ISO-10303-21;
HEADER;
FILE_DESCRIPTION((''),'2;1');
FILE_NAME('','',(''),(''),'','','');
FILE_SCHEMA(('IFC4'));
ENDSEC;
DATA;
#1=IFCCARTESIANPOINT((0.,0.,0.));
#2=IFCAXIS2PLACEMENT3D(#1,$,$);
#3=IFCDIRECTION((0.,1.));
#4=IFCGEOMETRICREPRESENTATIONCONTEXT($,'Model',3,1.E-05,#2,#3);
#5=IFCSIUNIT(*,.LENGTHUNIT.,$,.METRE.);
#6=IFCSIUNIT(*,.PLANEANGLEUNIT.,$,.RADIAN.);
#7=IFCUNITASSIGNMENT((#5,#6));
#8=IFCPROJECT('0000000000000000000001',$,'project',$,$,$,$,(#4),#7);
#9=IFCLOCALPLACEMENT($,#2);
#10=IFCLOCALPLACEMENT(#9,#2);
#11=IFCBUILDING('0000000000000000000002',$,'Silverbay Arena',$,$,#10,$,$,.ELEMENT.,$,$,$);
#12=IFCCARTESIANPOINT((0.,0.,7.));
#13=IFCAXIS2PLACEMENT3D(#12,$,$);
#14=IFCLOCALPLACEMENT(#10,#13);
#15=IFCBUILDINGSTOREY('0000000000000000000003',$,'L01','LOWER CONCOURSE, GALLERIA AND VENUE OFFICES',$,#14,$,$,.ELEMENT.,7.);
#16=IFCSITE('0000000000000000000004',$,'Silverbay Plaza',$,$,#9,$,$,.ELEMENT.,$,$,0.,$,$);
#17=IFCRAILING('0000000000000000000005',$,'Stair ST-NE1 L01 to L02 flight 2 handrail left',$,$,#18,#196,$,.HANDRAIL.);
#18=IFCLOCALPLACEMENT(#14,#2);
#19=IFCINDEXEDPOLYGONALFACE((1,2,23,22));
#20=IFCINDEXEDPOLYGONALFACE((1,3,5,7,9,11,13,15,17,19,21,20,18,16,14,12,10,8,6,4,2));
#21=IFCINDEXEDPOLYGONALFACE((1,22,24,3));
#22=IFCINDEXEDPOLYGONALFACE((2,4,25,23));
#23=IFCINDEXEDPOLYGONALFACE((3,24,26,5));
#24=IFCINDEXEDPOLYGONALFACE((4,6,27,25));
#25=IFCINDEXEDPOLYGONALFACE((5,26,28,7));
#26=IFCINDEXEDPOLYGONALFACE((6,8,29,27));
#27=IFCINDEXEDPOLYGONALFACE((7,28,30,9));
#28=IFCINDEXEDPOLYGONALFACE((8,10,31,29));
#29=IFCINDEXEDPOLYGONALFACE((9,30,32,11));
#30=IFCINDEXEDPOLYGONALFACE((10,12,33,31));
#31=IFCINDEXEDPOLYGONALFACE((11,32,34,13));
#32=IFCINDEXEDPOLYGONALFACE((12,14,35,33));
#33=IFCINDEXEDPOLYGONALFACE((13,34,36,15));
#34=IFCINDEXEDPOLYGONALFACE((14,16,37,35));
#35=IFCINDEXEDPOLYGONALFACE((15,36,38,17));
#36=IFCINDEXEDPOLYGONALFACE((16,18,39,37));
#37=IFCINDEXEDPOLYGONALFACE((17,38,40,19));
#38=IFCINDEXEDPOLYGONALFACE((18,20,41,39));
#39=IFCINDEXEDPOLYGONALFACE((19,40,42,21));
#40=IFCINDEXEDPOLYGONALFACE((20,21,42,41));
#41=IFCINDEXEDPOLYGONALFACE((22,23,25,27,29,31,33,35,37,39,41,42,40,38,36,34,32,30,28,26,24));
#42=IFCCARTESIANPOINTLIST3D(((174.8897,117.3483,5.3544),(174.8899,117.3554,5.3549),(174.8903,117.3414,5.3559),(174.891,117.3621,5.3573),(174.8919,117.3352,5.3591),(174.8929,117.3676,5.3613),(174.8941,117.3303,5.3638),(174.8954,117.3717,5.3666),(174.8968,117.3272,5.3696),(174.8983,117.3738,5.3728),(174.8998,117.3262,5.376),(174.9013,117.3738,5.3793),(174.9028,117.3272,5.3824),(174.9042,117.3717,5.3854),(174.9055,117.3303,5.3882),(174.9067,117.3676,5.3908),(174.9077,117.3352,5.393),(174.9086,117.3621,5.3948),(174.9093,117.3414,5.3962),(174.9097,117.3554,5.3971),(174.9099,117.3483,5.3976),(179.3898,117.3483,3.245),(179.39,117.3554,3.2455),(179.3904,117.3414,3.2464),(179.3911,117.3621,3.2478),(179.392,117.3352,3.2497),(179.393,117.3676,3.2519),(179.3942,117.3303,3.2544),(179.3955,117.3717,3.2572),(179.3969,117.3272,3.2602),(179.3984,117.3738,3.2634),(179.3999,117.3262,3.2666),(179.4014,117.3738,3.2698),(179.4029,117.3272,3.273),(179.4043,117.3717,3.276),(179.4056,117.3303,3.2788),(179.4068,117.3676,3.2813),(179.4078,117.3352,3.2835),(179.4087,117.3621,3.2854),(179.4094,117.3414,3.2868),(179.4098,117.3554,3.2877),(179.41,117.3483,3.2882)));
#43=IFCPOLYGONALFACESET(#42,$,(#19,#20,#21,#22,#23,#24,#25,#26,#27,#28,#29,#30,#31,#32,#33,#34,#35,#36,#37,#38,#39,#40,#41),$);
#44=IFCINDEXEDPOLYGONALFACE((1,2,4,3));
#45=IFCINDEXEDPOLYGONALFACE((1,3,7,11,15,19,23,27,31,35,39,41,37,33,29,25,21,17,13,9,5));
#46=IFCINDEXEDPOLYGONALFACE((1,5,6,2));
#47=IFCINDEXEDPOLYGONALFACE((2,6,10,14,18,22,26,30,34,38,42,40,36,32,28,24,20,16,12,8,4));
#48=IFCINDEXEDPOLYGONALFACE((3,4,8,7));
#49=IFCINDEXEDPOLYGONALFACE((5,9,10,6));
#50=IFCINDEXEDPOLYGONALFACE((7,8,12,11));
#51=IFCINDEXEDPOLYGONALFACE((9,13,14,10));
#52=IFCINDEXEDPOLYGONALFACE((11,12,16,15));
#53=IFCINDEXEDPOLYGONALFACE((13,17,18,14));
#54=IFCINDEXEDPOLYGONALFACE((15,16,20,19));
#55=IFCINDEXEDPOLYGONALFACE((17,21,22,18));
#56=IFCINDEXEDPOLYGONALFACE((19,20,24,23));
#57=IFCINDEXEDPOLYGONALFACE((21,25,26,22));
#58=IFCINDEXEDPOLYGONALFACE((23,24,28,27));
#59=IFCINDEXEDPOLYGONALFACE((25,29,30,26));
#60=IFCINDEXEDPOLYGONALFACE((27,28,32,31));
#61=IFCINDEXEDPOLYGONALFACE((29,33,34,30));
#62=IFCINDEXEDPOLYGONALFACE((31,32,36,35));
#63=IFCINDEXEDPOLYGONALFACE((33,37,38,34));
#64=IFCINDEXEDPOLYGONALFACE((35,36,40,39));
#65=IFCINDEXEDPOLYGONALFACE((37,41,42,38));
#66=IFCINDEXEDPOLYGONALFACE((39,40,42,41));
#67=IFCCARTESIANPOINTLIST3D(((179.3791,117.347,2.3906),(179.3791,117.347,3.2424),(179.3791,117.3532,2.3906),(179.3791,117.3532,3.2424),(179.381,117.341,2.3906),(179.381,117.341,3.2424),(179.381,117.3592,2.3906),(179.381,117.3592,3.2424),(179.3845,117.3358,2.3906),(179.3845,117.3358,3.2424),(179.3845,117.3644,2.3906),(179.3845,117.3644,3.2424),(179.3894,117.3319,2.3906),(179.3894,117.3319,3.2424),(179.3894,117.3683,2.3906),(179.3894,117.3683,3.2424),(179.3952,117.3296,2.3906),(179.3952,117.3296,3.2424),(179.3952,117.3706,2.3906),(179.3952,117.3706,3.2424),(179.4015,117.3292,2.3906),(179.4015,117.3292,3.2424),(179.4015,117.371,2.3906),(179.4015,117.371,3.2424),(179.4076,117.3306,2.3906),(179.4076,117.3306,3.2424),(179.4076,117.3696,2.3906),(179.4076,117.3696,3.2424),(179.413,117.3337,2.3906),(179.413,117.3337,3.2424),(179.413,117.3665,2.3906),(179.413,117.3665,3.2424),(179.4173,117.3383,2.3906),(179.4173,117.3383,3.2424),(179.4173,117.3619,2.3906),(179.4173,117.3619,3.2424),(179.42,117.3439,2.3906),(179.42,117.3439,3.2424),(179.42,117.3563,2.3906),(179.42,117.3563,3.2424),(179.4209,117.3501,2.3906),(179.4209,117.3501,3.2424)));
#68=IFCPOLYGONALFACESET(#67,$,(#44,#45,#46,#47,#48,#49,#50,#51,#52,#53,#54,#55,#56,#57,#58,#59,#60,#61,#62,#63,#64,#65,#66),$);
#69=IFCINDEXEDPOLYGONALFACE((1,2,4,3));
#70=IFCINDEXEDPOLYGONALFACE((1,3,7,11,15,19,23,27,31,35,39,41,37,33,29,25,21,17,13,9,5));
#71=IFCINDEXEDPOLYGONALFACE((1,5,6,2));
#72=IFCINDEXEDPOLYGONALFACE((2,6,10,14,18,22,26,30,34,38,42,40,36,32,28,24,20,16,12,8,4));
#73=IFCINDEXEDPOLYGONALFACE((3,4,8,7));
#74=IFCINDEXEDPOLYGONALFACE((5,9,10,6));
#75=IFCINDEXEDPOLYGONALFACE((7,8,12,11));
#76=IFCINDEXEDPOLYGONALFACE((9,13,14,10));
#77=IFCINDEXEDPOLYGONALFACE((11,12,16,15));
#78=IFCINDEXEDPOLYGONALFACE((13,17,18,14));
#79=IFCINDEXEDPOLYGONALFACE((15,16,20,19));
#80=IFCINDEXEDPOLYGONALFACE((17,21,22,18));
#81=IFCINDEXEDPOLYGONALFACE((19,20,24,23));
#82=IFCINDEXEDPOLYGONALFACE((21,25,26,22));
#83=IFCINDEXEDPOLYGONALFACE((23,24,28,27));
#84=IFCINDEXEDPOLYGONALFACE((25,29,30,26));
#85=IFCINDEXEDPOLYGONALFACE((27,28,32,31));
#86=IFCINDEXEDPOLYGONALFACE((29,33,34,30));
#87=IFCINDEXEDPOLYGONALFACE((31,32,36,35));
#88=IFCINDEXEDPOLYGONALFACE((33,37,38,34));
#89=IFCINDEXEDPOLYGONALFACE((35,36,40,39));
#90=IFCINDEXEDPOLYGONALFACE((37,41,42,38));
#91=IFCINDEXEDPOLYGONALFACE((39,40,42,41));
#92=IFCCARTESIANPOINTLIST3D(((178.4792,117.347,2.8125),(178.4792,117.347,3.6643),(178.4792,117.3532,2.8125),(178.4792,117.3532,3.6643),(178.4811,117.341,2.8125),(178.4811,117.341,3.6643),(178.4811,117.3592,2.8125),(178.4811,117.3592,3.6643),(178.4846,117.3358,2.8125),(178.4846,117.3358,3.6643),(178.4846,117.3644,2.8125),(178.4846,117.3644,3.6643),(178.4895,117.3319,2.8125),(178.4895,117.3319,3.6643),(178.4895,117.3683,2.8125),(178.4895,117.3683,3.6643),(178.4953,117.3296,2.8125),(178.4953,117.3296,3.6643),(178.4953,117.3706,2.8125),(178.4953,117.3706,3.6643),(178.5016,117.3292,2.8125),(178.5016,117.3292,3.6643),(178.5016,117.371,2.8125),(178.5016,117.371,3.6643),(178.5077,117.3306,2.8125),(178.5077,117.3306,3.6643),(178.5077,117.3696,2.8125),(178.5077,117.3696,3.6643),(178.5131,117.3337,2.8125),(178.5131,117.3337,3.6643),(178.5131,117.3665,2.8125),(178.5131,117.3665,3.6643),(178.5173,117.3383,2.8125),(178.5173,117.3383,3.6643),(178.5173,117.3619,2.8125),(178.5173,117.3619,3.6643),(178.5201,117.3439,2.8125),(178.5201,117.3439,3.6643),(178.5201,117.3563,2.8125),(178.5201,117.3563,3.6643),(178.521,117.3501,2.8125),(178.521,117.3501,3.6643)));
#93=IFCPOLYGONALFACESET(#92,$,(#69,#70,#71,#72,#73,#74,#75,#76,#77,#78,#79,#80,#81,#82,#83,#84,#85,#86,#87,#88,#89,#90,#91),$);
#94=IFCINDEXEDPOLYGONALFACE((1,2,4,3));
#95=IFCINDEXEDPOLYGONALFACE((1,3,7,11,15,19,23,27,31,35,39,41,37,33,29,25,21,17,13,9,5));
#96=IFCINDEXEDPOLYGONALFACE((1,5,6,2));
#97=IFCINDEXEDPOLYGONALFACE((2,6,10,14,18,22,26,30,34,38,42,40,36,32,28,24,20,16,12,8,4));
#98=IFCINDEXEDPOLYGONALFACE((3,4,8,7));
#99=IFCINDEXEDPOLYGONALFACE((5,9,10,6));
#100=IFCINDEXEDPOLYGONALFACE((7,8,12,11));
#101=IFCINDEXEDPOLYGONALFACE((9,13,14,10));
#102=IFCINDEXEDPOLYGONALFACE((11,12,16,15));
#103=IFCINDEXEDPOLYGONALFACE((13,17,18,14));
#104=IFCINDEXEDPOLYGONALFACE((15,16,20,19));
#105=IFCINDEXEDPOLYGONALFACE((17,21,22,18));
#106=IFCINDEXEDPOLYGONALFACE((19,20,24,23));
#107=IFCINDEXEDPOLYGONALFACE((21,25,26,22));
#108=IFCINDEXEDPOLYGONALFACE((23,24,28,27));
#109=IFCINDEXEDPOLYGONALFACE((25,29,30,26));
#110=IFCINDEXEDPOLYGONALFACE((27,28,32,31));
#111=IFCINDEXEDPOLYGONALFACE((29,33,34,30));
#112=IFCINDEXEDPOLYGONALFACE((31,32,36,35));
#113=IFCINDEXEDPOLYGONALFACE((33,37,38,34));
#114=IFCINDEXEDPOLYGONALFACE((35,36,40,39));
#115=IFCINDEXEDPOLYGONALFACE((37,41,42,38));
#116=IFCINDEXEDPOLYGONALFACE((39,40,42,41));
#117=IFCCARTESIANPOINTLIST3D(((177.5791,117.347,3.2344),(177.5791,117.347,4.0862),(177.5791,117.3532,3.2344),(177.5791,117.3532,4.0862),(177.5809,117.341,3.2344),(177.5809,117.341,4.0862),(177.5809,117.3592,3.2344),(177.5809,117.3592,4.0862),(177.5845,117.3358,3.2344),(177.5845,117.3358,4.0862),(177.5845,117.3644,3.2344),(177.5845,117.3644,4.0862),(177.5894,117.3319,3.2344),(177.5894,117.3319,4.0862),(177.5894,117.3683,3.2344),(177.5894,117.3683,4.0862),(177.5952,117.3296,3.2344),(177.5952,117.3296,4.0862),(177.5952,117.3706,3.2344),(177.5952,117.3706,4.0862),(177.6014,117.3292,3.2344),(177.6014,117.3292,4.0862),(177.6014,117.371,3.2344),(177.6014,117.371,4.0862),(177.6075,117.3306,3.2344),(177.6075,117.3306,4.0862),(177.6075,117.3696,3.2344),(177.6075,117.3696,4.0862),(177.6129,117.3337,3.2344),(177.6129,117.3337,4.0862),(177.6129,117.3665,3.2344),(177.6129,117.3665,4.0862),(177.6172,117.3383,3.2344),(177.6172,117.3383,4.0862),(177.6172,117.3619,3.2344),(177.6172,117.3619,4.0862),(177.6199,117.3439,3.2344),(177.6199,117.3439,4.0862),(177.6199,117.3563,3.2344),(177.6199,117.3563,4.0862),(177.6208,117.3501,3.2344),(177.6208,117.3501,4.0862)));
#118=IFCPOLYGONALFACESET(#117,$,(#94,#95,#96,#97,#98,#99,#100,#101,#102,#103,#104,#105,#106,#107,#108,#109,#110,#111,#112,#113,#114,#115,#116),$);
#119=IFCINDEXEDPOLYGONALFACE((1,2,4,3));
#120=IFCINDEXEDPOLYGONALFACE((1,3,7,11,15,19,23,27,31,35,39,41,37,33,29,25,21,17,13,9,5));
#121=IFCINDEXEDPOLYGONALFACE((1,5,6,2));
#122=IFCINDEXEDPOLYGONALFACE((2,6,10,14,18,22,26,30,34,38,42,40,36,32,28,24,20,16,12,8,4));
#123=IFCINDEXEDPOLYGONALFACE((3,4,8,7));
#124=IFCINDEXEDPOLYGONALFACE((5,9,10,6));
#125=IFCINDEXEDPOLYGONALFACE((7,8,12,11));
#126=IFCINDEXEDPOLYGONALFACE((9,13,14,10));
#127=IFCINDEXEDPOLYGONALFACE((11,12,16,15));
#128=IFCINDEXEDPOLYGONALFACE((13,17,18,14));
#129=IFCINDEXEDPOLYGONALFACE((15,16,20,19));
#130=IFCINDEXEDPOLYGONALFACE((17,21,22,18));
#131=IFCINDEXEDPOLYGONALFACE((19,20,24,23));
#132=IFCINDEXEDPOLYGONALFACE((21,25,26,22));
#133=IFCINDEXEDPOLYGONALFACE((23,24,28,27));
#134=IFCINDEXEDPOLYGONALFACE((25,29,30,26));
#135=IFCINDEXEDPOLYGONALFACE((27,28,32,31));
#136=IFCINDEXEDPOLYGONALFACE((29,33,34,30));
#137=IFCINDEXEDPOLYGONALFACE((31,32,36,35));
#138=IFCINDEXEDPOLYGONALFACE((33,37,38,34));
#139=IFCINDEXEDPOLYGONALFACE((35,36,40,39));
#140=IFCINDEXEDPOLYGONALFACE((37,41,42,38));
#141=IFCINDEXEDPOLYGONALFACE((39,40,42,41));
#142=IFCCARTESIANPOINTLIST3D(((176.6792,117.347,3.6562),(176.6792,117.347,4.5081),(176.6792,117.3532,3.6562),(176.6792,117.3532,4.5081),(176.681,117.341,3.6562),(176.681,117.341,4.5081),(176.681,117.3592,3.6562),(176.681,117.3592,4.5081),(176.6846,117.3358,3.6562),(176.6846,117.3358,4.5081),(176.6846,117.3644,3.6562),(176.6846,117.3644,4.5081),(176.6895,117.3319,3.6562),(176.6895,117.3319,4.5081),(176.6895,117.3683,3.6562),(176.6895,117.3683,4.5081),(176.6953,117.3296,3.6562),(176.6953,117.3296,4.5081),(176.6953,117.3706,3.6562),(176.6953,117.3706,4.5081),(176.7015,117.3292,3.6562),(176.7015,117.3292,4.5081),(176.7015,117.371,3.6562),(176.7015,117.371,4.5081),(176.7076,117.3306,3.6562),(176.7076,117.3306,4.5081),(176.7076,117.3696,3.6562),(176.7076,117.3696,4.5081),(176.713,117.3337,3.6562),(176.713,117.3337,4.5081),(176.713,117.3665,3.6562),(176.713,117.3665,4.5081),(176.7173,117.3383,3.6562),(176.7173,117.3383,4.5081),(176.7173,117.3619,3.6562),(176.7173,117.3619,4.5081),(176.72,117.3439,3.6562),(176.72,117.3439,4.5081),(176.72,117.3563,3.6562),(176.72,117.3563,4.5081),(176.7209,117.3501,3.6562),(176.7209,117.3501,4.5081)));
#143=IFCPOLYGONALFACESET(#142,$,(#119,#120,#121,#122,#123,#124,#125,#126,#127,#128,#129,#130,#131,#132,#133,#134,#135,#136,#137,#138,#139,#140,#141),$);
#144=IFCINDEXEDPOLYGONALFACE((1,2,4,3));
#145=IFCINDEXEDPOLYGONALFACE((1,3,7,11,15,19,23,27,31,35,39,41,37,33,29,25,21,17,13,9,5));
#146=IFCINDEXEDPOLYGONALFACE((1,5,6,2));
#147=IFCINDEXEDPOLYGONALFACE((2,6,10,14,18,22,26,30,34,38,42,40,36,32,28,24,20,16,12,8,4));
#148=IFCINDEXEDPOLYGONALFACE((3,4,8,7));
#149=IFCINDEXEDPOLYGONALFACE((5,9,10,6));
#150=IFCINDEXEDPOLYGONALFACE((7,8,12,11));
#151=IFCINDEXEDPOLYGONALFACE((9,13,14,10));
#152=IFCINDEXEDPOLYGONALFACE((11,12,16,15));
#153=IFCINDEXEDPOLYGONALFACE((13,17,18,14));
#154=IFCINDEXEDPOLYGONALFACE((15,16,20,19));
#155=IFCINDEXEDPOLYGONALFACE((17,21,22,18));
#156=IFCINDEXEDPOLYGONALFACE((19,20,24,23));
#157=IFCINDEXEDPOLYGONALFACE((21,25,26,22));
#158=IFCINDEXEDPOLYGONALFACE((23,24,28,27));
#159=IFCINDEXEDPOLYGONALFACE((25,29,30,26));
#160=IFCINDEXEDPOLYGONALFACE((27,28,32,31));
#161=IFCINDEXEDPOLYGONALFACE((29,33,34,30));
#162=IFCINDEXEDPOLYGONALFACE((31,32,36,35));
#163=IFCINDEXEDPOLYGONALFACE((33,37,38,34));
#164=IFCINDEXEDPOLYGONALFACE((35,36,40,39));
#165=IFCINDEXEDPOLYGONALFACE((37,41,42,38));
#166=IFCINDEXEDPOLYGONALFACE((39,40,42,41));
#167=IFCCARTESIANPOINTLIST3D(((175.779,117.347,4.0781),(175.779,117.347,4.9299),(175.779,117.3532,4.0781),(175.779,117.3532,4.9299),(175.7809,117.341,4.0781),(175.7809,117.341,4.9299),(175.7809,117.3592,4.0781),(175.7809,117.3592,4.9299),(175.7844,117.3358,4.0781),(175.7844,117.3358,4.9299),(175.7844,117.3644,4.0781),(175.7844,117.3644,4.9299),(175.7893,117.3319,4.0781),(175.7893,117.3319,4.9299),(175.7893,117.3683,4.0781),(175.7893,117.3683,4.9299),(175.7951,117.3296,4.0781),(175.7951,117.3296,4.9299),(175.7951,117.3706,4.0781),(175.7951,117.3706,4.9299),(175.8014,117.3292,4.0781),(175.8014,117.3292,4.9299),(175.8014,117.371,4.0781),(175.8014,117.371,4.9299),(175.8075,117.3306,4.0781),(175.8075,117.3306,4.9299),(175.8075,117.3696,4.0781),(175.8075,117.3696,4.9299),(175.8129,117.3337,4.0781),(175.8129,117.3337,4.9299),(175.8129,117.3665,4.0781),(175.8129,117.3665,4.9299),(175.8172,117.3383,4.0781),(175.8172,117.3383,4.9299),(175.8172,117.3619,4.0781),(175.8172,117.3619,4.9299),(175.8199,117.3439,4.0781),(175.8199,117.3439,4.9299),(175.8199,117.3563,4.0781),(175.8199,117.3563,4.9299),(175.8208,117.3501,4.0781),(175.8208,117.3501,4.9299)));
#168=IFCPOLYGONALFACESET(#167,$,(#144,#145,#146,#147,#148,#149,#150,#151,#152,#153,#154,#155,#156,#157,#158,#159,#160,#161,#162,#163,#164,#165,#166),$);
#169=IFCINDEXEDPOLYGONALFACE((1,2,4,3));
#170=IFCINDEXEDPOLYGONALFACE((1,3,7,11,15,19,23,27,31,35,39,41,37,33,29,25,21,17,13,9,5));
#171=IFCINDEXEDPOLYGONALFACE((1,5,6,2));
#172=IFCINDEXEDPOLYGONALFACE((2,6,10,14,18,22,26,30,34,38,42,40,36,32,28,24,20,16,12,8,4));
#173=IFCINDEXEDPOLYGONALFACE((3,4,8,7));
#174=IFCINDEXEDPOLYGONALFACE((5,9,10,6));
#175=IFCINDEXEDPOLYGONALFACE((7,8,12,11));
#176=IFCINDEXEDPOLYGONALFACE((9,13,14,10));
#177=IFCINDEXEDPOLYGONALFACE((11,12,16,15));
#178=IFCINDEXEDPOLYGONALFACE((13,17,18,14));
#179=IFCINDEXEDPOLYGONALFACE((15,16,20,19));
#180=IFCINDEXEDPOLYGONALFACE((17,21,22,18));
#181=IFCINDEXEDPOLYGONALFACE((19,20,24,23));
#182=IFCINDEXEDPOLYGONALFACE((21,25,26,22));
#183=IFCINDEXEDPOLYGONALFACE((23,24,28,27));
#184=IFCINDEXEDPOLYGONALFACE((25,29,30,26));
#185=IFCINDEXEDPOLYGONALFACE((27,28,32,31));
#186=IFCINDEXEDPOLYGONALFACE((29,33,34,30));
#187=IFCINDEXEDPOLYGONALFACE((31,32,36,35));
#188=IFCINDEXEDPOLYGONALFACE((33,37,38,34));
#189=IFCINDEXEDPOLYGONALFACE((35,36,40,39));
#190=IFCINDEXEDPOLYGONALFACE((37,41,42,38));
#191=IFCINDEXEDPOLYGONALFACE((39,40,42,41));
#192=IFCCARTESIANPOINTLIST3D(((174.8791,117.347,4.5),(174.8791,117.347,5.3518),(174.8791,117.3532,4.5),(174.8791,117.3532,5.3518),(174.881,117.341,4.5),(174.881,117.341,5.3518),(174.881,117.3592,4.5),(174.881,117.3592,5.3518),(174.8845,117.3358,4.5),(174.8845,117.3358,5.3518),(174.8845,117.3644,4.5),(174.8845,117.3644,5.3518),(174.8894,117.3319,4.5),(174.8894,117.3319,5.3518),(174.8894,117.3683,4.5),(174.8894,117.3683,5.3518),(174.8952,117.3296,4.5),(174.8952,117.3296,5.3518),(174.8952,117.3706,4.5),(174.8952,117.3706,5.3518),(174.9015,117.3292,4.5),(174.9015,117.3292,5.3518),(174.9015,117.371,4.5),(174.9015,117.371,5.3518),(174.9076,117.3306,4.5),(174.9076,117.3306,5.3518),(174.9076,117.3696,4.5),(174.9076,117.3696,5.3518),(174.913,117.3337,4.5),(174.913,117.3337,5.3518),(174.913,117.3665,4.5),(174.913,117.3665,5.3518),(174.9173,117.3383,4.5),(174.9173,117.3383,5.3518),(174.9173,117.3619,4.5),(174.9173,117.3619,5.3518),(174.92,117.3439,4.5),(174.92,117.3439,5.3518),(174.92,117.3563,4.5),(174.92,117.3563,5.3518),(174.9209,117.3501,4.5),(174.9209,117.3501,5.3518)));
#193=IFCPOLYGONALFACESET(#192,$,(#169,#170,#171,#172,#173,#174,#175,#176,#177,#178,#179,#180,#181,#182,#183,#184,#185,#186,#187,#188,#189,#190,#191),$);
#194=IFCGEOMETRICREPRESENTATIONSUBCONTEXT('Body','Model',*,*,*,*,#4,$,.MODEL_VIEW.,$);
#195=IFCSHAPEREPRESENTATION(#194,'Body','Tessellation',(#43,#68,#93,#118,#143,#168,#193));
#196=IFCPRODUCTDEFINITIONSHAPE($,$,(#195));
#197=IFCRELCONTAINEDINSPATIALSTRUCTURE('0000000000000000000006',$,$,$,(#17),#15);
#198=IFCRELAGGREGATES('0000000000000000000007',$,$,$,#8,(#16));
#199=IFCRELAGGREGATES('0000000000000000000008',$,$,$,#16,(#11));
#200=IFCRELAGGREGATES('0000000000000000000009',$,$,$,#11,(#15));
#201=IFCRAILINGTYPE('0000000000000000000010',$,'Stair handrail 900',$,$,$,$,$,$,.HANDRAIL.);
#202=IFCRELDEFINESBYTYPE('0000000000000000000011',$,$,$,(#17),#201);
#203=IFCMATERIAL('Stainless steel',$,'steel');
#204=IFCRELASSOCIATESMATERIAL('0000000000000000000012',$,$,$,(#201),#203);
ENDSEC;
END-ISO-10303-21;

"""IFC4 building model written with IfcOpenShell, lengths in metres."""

from ifc_helpers import new_model, si_unit, direction, frame, origin, origin_2d, place, context, subcontext, project, spatial, circle, extrude, material, type_object, element, save


model = new_model("IFC4")

# Units and contexts
model_context = context("Model", 3, precision=1e-05, world=origin(), true_north=direction((0.0, 1.0)))
body_context = subcontext(model_context, "Body", "Model", "MODEL_VIEW")
ifc_project = project(units=[si_unit("LENGTHUNIT", "METRE"), si_unit("PLANEANGLEUNIT", "RADIAN")], contexts=[model_context])

# Site, building, storey
site_placement = place(None, origin())
site = spatial("IfcSite", under=ifc_project, at=site_placement, Name="Silverbay Plaza", CompositionType="ELEMENT", RefElevation=0.0)
building_placement = place(site_placement, origin())
building = spatial("IfcBuilding", under=site, at=building_placement, Name="Silverbay Arena", CompositionType="ELEMENT")
storey_placement = place(building_placement, frame((0.0, 0.0, 7.0)))
storey = spatial("IfcBuildingStorey", under=building, at=storey_placement, Name="L01", Description="LOWER CONCOURSE, GALLERIA AND VENUE OFFICES", CompositionType="ELEMENT", Elevation=7.0)

# Railing
ifc_material_1 = material(Name="Stainless steel", Category="steel")
railing_type_1 = type_object("IfcRailingType", Name="Stair handrail 900", PredefinedType="HANDRAIL", material=ifc_material_1)
for number, where, name in (
    (1, (179.3999, 117.3501, 2.3906), "Stair ST-NE1 L01 to L02 flight 2 handrail left"),
):
    element("IfcRailing", number, at=place(storey_placement, frame(where)), inside=storey, type_object=railing_type_1, Name=name, PredefinedType="HANDRAIL", context=body_context, shape_type="SweptSolid", body=[
        extrude(circle(Radius=0.0239, at=origin_2d()), frame((0.0, 0.0, 0.876), z_axis=(-0.905459, 0.0, 0.424434), x_axis=(0.0, -1.0, 0.0)), (0.0, 0.0, 1.0), 4.97),
        extrude(circle(Radius=0.021, at=origin_2d()), origin(), (0.0, 0.0, 1.0), 0.8518),
        extrude(circle(Radius=0.021, at=origin_2d()), frame((-0.8999, 0.0, 0.4219)), (0.0, 0.0, 1.0), 0.8518),
        extrude(circle(Radius=0.021, at=origin_2d()), frame((-1.8, 0.0, 0.8438)), (0.0, 0.0, 1.0), 0.8518),
        extrude(circle(Radius=0.021, at=origin_2d()), frame((-2.7, 0.0, 1.2656)), (0.0, 0.0, 1.0), 0.8518),
        extrude(circle(Radius=0.021, at=origin_2d()), frame((-3.6001, 0.0, 1.6875)), (0.0, 0.0, 1.0), 0.8518),
        extrude(circle(Radius=0.021, at=origin_2d()), frame((-4.5, 0.0, 2.1094)), (0.0, 0.0, 1.0), 0.8518),
    ])

save(model, "model.ifc")
